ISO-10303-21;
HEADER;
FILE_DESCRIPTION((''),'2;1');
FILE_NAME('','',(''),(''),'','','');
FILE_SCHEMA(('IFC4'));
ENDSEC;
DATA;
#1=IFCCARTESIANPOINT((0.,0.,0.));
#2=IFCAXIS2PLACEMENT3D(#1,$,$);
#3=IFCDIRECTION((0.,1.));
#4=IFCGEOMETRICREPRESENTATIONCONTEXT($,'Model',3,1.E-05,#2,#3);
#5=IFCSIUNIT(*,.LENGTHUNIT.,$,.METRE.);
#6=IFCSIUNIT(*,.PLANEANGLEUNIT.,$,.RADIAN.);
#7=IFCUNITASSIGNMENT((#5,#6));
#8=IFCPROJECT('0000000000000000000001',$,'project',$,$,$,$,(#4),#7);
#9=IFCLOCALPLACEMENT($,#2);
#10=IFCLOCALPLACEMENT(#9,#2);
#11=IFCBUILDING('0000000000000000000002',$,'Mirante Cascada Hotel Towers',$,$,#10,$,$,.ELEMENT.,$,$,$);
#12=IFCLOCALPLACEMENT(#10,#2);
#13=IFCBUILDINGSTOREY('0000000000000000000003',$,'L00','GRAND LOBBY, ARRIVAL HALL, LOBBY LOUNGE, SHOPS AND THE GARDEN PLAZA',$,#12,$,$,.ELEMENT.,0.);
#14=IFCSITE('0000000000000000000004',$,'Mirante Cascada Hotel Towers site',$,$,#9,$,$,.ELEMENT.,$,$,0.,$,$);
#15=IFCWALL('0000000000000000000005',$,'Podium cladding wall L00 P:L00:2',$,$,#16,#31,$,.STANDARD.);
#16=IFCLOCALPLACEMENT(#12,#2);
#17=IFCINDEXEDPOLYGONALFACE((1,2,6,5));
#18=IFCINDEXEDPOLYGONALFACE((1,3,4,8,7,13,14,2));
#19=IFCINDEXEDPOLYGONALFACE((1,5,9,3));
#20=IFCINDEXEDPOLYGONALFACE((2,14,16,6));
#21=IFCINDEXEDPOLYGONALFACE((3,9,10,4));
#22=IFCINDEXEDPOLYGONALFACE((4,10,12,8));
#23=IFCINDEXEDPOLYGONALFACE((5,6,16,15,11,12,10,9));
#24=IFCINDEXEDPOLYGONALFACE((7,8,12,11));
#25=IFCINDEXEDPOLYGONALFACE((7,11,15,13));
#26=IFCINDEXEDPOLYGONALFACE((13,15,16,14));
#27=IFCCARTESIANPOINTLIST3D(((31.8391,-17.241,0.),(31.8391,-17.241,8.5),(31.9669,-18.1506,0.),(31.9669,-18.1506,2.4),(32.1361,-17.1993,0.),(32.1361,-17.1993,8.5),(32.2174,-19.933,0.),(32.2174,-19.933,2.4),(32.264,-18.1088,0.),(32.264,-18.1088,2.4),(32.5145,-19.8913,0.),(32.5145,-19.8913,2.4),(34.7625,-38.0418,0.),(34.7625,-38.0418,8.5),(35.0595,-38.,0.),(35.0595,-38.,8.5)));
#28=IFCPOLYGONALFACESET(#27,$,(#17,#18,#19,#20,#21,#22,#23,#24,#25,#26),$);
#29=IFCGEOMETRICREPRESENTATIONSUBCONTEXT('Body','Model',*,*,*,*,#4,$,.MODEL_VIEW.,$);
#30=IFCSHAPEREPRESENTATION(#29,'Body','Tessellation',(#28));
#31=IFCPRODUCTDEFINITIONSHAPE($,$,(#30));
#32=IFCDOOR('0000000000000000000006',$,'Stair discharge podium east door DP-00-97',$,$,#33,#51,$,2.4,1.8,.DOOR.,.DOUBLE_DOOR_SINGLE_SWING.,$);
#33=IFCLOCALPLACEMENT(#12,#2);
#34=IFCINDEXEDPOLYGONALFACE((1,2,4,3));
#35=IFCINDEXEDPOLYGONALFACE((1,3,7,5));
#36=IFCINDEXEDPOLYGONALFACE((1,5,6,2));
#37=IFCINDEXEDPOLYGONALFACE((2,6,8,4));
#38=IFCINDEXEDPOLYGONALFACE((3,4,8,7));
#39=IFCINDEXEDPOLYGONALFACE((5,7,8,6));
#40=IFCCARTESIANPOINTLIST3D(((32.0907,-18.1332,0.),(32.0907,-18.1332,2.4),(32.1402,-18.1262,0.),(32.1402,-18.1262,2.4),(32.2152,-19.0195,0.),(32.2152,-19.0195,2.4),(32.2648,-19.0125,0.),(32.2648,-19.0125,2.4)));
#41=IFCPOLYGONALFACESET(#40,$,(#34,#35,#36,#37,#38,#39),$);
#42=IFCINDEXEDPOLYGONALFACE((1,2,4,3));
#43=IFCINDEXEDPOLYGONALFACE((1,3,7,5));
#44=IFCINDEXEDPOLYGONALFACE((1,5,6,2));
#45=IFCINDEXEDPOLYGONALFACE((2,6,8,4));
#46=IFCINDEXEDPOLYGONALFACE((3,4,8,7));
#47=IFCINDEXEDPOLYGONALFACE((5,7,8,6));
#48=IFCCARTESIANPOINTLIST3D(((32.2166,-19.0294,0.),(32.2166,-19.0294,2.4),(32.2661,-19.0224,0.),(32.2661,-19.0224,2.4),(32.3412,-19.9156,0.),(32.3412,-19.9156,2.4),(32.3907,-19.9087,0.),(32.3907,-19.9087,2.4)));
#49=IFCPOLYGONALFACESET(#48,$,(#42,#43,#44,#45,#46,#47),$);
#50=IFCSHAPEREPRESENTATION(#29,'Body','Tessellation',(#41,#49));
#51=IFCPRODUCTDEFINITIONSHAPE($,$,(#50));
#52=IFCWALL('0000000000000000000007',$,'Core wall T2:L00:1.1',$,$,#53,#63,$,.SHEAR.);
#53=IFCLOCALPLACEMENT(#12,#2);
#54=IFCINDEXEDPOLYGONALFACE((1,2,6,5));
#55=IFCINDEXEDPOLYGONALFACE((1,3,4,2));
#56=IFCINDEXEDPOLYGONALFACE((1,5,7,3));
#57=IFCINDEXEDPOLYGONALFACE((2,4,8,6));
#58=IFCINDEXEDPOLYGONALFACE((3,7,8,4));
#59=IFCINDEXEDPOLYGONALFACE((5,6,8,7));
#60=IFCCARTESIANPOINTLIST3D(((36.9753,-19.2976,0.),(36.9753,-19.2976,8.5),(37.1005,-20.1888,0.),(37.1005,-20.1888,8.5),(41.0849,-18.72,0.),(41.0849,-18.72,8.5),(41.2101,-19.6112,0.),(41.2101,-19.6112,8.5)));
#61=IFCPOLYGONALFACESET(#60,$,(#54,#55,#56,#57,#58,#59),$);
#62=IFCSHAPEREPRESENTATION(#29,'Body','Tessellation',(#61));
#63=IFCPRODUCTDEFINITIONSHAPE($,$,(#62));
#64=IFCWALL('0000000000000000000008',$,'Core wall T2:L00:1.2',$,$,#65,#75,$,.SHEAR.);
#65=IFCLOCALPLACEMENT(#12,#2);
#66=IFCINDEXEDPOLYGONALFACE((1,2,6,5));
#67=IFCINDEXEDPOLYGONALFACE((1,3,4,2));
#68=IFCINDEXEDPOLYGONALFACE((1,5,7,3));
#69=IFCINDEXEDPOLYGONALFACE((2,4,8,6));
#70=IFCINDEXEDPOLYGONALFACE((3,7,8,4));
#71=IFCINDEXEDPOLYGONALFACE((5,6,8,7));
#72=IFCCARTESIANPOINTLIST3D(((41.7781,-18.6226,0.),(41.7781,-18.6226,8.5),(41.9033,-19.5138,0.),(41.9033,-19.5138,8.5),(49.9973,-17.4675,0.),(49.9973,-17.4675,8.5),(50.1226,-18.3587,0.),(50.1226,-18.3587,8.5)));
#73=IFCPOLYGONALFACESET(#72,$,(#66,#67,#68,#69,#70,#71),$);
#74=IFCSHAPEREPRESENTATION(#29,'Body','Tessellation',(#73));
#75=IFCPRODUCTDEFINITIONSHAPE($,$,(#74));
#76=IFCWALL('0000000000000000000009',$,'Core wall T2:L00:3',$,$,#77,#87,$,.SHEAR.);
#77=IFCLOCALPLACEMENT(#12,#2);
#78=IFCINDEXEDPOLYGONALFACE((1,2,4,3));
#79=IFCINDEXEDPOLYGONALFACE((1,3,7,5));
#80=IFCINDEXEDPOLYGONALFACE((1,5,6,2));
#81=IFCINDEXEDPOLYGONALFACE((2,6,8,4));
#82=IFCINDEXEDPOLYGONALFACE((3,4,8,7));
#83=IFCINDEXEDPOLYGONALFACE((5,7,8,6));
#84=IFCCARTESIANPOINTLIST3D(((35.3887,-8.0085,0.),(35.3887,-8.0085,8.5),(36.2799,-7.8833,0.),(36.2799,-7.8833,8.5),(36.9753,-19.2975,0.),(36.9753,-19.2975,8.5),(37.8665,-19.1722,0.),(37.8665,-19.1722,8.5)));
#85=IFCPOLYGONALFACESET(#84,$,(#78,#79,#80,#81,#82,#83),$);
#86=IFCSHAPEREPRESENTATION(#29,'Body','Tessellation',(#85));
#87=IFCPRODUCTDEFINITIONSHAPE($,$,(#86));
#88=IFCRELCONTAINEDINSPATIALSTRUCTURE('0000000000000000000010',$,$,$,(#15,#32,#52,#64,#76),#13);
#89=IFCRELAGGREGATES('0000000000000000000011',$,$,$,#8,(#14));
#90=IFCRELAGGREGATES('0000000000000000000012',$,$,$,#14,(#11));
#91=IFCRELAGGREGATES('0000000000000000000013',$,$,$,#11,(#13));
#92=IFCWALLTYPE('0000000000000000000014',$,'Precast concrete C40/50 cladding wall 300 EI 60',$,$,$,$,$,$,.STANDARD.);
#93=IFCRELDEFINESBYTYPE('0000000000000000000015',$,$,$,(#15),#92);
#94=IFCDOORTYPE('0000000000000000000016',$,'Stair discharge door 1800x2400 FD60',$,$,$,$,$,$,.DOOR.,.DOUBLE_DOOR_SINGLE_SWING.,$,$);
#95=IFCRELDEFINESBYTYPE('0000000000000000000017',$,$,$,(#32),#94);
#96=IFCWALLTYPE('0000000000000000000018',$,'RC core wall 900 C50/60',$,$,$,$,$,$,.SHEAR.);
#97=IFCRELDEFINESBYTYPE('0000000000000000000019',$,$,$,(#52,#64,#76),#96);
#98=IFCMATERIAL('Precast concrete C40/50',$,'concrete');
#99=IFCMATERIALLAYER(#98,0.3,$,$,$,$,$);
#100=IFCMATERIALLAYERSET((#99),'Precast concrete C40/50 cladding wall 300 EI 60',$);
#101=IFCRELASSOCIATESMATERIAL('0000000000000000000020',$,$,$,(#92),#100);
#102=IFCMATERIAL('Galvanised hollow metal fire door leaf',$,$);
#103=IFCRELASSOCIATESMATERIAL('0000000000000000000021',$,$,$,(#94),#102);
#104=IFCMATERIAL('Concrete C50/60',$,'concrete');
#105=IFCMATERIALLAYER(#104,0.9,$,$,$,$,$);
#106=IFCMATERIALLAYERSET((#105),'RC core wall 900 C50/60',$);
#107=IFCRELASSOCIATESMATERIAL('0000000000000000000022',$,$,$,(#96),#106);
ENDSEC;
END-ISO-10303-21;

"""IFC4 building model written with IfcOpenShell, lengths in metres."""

from ifc_helpers import new_model, si_unit, direction, frame, frame_2d, origin, place, context, subcontext, project, spatial, rectangle, extrude, material, layer, layer_set, type_object, element, fill, save


model = new_model("IFC4")

# Units and contexts
model_context = context("Model", 3, precision=1e-05, world=origin(), true_north=direction((0.0, 1.0)))
body_context = subcontext(model_context, "Body", "Model", "MODEL_VIEW")
ifc_project = project(units=[si_unit("LENGTHUNIT", "METRE"), si_unit("PLANEANGLEUNIT", "RADIAN")], contexts=[model_context])

# Site, building, storey
site_placement = place(None, origin())
site = spatial("IfcSite", under=ifc_project, at=site_placement, Name="Mirante Cascada Hotel Towers site", CompositionType="ELEMENT", RefElevation=0.0)
building_placement = place(site_placement, origin())
building = spatial("IfcBuilding", under=site, at=building_placement, Name="Mirante Cascada Hotel Towers", CompositionType="ELEMENT")
storey_placement = place(building_placement, origin())
storey = spatial("IfcBuildingStorey", under=building, at=storey_placement, Name="L00", Description="GRAND LOBBY, ARRIVAL HALL, LOBBY LOUNGE, SHOPS AND THE GARDEN PLAZA", CompositionType="ELEMENT", Elevation=0.0)

# Wall, opening, door
ifc_material_1 = material(Name="Precast concrete C40/50", Category="concrete")
ifc_layer_1 = layer(ifc_material_1, 0.3)
ifc_layer_set_1 = layer_set([ifc_layer_1], Name="Precast concrete C40/50 cladding wall 300 EI 60")
wall_type_1 = type_object("IfcWallType", Name="Precast concrete C40/50 cladding wall 300 EI 60", PredefinedType="STANDARD", material=ifc_layer_set_1)
wall_1_placement = place(storey_placement, frame((34.911, -38.0209, 0.0), z_axis=(0.0, 0.0, 1.0), x_axis=(-0.139175, 0.990268, 0.0)))
wall_1 = element("IfcWall", 1, at=wall_1_placement, inside=storey, type_object=wall_type_1, Name="Podium cladding wall L00 P:L00:2", PredefinedType="STANDARD", context=body_context, shape_type="SweptSolid", body=[
    extrude(rectangle(XDim=21.0052, YDim=0.3, at=frame_2d((10.5026, 0.0))), origin(), (0.0, 0.0, 1.0), 8.5),
])
opening_1_placement = place(wall_1_placement, frame((18.2867, 0.0, 0.0)))
opening_1 = element("IfcOpeningElement", 2, at=opening_1_placement, cuts=wall_1, PredefinedType="OPENING", context=body_context, shape_type="SweptSolid", body=[
    extrude(rectangle(XDim=1.8, YDim=2.4, at=frame_2d((0.9, 1.2))), frame((0.0, 0.15, 0.0), z_axis=(0.0, -1.0, 0.0), x_axis=(1.0, 0.0, 0.0)), (0.0, 0.0, 1.0), 0.3),
])
ifc_material_2 = material(Name="Galvanised hollow metal fire door leaf")
door_type_1 = type_object("IfcDoorType", Name="Stair discharge door 1800x2400 FD60", OperationType="DOUBLE_DOOR_SINGLE_SWING", PredefinedType="DOOR", material=ifc_material_2)
door_1_placement = place(opening_1_placement, frame((1.8, 0.0, 0.0), z_axis=(0.0, 0.0, 1.0), x_axis=(-1.0, 0.0, 0.0)))
door_1 = element("IfcDoor", 3, at=door_1_placement, inside=storey, type_object=door_type_1, Name="Stair discharge podium east door DP-00-97", OperationType="DOUBLE_DOOR_SINGLE_SWING", OverallHeight=2.4, OverallWidth=1.8, PredefinedType="DOOR", context=body_context, shape_type="SweptSolid", body=[
    extrude(rectangle(XDim=0.895, YDim=2.4, at=frame_2d((0.4475, 1.2))), frame((0.0, 0.025, 0.0), z_axis=(0.0, -1.0, 0.0), x_axis=(1.0, 0.0, 0.0)), (0.0, 0.0, 1.0), 0.05),
    extrude(rectangle(XDim=0.895, YDim=2.4, at=frame_2d((1.3525, 1.2))), frame((0.0, 0.025, 0.0), z_axis=(0.0, -1.0, 0.0), x_axis=(1.0, 0.0, 0.0)), (0.0, 0.0, 1.0), 0.05),
])
fill(opening_1, door_1)

# Walls
ifc_material_3 = material(Name="Concrete C50/60", Category="concrete")
ifc_layer_2 = layer(ifc_material_3, 0.9)
ifc_layer_set_2 = layer_set([ifc_layer_2], Name="RC core wall 900 C50/60")
wall_type_2 = type_object("IfcWallType", Name="RC core wall 900 C50/60", PredefinedType="SHEAR", material=ifc_layer_set_2)
wall_2_placement = place(storey_placement, frame((37.0379, -19.7432, 0.0), z_axis=(0.0, 0.0, 1.0), x_axis=(0.990267, 0.139181, 0.0)))
element("IfcWall", 4, at=wall_2_placement, inside=storey, type_object=wall_type_2, Name="Core wall T2:L00:1.1", PredefinedType="SHEAR", context=body_context, shape_type="SweptSolid", body=[
    extrude(rectangle(XDim=4.15, YDim=0.9, at=frame_2d((2.075, 0.0))), origin(), (0.0, 0.0, 1.0), 8.5),
])
wall_3_placement = place(storey_placement, frame((41.8407, -19.0682, 0.0), z_axis=(0.0, 0.0, 1.0), x_axis=(0.990269, 0.139169, 0.0)))
element("IfcWall", 5, at=wall_3_placement, inside=storey, type_object=wall_type_2, Name="Core wall T2:L00:1.2", PredefinedType="SHEAR", context=body_context, shape_type="SweptSolid", body=[
    extrude(rectangle(XDim=8.3, YDim=0.9, at=frame_2d((4.15, 0.0))), origin(), (0.0, 0.0, 1.0), 8.5),
])
wall_4_placement = place(storey_placement, frame((37.4209, -19.2349, 0.0), z_axis=(0.0, 0.0, 1.0), x_axis=(-0.139176, 0.990268, 0.0)))
element("IfcWall", 6, at=wall_4_placement, inside=storey, type_object=wall_type_2, Name="Core wall T2:L00:3", PredefinedType="SHEAR", context=body_context, shape_type="SweptSolid", body=[
    extrude(rectangle(XDim=11.3999, YDim=0.9, at=frame_2d((5.7, 0.0))), origin(), (0.0, 0.0, 1.0), 8.5),
])

save(model, "model.ifc")
